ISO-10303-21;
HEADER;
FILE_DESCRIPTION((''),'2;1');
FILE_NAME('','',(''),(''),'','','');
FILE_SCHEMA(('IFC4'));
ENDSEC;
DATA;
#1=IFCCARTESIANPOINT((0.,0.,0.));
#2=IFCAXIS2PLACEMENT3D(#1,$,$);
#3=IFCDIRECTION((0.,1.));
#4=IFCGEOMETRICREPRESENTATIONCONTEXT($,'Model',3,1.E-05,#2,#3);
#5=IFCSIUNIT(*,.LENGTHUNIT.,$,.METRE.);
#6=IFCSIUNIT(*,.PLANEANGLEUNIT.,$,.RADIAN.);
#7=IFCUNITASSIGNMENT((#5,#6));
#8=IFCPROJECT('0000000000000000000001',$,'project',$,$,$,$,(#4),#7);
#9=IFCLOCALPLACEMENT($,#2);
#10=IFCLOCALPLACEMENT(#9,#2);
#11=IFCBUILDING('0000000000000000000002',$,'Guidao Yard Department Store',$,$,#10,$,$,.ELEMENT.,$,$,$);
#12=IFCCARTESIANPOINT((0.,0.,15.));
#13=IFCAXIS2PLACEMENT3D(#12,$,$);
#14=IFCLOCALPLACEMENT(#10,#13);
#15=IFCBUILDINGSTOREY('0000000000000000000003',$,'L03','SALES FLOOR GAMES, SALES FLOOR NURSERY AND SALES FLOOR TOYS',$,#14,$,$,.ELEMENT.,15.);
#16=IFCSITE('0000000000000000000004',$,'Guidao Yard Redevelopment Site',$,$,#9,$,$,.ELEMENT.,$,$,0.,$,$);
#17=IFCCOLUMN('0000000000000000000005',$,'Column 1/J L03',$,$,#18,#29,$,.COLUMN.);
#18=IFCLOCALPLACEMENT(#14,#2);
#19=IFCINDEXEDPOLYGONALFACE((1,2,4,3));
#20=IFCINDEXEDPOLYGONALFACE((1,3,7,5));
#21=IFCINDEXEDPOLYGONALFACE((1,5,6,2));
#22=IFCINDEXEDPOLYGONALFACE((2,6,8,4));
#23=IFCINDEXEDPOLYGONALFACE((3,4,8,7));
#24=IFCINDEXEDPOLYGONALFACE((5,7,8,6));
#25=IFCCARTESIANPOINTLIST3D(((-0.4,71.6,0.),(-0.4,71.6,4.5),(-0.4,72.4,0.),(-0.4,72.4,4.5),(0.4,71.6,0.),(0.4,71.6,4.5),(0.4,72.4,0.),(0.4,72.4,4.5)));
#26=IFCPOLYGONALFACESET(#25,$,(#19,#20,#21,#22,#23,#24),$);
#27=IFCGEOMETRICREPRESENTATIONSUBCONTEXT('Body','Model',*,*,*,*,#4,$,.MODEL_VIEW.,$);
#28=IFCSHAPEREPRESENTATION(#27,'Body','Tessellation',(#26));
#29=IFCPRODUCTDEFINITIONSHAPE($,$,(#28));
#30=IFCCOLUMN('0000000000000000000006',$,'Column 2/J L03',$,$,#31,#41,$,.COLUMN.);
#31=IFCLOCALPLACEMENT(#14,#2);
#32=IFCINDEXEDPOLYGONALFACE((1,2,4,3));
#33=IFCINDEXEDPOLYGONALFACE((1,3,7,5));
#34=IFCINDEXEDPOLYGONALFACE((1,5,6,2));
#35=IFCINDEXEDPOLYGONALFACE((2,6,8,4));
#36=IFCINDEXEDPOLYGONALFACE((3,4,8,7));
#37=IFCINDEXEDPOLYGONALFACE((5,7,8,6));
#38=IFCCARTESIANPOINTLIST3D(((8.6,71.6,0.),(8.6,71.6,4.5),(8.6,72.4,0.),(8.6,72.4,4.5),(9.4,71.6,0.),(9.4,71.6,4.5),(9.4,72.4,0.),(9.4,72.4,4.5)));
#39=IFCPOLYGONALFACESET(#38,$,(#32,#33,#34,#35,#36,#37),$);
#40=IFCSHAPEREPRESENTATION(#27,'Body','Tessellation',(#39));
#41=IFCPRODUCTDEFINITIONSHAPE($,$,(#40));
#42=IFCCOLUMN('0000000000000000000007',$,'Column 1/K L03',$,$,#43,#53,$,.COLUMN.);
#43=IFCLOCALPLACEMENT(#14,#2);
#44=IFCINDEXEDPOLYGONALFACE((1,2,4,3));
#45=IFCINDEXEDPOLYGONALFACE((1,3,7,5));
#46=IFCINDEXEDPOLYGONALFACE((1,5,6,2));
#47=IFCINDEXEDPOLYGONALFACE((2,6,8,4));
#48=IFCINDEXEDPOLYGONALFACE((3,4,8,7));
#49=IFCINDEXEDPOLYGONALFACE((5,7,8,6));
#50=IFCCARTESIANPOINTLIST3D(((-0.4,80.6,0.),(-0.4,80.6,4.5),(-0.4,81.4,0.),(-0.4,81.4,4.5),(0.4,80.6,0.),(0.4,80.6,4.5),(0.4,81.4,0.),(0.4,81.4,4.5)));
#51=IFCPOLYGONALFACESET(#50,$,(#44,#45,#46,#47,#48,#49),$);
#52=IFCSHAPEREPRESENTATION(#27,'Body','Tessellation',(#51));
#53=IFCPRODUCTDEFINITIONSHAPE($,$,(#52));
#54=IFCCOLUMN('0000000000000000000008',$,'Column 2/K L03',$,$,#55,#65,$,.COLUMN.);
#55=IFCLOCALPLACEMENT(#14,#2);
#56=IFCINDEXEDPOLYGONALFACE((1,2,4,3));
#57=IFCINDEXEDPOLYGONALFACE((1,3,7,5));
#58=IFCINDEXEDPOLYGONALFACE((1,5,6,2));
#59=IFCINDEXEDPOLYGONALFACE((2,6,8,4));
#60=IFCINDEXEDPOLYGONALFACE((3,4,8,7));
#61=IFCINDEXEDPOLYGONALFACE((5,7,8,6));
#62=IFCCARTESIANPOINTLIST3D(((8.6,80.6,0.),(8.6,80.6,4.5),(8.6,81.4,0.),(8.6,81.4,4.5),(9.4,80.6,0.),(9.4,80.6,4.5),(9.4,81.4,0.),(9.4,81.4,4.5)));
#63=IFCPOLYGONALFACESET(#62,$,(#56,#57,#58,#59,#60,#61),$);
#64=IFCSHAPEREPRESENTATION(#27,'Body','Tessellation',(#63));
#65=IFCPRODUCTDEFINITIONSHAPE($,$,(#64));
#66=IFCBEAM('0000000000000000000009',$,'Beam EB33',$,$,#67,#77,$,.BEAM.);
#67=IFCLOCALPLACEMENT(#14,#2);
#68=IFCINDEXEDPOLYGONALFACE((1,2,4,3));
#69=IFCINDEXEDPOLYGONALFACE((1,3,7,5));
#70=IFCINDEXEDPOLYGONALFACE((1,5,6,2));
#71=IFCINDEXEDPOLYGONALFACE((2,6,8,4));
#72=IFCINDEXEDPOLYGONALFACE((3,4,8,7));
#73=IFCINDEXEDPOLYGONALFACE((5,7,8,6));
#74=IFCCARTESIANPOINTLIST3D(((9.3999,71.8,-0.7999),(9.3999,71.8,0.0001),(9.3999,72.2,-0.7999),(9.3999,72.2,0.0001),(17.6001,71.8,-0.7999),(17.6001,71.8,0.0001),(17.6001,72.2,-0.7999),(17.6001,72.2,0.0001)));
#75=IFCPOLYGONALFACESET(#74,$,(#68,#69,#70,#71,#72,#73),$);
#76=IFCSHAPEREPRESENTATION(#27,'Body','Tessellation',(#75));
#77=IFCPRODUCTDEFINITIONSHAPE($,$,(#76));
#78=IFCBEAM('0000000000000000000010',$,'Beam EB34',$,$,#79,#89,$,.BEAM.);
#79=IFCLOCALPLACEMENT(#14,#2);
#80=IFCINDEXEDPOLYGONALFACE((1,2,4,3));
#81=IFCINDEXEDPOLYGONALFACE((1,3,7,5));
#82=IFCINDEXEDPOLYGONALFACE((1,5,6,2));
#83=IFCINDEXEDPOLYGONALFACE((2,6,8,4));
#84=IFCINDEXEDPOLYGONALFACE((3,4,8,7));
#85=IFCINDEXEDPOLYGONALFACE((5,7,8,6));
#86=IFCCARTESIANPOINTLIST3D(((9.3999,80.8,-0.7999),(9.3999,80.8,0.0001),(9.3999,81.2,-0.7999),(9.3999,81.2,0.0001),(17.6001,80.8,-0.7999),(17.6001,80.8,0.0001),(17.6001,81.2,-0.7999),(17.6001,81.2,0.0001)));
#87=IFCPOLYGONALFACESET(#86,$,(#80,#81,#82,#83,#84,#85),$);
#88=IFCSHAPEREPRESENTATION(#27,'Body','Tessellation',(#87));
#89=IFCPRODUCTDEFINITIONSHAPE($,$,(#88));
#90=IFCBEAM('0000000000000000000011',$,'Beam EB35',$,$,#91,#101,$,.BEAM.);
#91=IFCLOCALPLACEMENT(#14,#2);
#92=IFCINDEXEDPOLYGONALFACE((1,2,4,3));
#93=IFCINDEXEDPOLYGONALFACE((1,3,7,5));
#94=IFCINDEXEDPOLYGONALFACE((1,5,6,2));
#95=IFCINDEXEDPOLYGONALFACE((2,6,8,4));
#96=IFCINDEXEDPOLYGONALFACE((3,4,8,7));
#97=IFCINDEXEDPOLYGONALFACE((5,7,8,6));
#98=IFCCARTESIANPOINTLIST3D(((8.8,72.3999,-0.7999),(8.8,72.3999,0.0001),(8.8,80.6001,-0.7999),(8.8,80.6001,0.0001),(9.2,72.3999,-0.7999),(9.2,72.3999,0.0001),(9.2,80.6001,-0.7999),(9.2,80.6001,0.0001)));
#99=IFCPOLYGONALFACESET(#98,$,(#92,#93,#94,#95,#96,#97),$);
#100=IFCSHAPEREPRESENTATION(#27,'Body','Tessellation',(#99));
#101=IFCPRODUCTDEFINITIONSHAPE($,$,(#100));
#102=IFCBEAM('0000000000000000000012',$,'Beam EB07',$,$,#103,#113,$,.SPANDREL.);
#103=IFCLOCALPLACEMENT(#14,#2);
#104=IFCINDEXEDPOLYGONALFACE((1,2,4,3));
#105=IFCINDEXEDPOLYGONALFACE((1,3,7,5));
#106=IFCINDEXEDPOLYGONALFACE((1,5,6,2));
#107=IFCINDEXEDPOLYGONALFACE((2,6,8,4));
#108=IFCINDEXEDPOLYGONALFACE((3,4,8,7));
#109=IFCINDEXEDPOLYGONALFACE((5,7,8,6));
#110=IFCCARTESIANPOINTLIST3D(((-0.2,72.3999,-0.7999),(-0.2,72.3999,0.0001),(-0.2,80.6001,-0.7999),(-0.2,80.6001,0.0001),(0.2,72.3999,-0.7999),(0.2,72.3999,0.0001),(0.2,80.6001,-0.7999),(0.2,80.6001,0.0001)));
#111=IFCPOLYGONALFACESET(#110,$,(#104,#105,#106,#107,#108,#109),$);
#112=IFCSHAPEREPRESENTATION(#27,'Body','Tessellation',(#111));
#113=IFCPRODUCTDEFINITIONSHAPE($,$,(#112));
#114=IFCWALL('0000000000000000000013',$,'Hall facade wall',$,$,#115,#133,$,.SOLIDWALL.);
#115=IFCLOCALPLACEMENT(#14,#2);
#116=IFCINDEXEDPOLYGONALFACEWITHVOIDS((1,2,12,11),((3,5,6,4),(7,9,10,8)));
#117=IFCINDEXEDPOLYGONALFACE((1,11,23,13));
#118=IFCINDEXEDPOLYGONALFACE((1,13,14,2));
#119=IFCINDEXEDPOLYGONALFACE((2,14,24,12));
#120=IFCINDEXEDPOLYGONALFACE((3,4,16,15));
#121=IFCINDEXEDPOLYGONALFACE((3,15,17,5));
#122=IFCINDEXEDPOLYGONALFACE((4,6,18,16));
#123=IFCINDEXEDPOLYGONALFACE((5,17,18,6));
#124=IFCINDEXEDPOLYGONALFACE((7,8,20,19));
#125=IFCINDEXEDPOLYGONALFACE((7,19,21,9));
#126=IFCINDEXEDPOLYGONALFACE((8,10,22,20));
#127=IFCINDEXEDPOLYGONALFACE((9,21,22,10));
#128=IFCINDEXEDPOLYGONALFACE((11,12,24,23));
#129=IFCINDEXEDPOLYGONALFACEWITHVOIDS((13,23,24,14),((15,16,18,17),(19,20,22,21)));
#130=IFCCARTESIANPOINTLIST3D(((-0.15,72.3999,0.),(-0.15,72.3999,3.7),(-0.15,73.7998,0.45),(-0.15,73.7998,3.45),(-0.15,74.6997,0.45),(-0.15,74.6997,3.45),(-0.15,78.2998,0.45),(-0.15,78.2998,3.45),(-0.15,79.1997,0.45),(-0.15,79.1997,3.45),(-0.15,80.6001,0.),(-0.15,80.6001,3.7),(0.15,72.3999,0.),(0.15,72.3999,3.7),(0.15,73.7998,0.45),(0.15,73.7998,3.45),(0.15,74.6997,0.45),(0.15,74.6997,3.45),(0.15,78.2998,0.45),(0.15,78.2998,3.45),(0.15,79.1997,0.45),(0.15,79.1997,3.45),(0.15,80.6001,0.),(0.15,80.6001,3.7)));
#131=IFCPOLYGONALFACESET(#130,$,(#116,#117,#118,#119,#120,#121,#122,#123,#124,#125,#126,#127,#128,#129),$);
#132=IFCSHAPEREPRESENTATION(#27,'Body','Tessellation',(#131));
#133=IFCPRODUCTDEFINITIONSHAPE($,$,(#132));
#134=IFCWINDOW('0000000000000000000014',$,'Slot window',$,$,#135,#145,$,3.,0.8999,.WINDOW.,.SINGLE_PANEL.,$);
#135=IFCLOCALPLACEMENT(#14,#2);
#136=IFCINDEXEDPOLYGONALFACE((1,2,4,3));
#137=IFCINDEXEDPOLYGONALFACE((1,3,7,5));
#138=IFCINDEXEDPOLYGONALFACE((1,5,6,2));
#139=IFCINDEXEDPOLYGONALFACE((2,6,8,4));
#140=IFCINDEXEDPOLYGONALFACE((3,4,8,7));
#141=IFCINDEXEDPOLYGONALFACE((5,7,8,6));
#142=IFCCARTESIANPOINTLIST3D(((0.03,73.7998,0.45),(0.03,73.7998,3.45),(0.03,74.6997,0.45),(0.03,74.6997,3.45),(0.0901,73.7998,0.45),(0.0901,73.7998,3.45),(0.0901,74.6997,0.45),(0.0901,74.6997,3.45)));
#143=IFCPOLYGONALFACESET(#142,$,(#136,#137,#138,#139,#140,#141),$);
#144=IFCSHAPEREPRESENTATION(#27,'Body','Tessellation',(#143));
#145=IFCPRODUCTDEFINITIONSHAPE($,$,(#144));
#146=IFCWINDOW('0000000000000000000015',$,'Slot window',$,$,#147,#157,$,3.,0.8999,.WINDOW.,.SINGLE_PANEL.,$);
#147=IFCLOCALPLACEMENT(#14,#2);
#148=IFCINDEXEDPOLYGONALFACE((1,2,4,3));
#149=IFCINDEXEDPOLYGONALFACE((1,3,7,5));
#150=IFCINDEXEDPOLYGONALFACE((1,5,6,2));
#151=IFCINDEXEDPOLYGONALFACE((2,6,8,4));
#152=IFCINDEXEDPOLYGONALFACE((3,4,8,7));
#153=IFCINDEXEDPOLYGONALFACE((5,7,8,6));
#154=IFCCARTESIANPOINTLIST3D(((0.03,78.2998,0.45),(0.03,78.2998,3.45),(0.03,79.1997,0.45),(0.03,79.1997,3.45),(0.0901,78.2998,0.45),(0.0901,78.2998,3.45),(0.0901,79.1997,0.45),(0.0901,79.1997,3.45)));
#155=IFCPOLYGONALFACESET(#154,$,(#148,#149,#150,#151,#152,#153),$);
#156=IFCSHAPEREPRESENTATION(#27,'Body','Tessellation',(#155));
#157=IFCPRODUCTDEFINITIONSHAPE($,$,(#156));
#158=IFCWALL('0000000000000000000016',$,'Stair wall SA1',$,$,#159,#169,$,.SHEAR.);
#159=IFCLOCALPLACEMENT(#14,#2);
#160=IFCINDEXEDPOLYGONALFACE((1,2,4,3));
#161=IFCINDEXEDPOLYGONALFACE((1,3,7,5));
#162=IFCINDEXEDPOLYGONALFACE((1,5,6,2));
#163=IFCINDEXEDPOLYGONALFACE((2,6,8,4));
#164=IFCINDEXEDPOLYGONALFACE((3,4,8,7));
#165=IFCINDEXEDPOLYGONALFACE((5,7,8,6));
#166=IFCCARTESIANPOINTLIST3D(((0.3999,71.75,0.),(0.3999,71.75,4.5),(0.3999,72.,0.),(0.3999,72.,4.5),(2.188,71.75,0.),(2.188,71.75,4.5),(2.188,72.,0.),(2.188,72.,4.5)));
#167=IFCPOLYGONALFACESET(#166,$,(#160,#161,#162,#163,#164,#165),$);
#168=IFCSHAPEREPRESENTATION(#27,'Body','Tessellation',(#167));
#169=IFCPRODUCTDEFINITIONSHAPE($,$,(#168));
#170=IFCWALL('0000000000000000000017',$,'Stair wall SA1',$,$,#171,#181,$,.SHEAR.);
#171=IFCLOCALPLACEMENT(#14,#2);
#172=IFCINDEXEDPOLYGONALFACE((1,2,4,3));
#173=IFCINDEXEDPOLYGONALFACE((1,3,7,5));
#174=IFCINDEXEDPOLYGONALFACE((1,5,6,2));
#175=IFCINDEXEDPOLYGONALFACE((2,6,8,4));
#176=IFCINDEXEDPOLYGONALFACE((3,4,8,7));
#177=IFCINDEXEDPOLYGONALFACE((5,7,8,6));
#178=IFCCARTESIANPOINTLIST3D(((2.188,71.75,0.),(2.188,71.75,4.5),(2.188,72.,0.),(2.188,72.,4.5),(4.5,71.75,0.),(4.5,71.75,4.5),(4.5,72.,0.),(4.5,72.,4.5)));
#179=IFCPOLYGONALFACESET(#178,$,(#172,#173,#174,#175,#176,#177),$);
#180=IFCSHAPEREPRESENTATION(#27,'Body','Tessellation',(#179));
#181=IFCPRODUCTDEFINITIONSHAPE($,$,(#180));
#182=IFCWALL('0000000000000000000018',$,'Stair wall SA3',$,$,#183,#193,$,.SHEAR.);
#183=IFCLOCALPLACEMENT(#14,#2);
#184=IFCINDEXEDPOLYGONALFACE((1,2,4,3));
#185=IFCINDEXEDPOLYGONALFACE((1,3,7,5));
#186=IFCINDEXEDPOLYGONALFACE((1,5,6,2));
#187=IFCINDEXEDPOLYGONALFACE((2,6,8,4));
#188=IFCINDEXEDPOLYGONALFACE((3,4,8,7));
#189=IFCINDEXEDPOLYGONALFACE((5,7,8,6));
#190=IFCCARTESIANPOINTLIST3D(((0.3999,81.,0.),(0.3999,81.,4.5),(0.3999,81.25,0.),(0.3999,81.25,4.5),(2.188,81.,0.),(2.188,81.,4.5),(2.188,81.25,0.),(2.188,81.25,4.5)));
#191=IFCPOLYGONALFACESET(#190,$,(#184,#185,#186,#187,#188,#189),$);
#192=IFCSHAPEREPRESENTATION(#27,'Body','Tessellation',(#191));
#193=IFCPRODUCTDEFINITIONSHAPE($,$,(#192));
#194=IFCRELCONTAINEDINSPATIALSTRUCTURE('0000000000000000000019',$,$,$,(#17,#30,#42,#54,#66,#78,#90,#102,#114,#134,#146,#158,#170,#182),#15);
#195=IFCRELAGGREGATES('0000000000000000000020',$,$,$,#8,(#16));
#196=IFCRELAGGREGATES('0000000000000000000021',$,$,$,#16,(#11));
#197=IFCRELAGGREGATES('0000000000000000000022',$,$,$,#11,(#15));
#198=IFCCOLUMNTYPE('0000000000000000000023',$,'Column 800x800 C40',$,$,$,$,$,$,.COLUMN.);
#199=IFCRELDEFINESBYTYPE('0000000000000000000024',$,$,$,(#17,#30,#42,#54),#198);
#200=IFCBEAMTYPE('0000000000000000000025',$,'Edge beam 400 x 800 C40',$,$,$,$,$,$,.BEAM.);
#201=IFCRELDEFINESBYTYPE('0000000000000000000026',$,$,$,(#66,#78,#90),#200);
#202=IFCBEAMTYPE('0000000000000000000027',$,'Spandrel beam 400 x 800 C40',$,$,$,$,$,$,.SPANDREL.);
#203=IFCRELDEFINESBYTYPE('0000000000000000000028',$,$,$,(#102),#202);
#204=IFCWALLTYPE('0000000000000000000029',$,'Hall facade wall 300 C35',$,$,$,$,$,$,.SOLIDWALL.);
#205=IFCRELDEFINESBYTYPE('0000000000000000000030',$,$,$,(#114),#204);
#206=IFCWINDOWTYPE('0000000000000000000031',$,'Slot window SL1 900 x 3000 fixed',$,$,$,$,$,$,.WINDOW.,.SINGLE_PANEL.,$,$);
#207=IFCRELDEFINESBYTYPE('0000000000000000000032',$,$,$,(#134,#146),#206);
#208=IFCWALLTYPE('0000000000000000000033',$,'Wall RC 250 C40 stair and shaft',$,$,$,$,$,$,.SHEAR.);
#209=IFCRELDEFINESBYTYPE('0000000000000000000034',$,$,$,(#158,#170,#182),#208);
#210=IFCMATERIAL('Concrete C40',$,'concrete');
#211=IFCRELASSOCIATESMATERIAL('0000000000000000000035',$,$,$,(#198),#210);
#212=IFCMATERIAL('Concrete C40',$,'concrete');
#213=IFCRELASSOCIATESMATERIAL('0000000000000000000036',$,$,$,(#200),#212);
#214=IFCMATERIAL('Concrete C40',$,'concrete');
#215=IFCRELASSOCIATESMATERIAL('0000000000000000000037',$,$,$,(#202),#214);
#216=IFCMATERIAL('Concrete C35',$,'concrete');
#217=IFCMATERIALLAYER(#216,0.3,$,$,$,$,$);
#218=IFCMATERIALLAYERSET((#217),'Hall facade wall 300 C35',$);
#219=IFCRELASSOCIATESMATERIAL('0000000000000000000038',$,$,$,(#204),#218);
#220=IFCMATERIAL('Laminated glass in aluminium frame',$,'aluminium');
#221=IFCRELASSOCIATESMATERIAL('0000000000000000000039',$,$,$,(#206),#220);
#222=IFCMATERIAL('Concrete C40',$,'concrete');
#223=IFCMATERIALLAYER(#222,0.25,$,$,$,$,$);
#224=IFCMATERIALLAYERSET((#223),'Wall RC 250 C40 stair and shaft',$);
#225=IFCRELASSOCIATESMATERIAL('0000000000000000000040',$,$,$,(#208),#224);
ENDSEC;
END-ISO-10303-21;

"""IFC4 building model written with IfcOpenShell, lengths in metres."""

from ifc_helpers import new_model, si_unit, direction, frame, frame_2d, origin, origin_2d, place, context, subcontext, project, spatial, rectangle, extrude, material, layer, layer_set, material_profile, profile_set, type_object, element, fill, save


model = new_model("IFC4")

# Units and contexts
model_context = context("Model", 3, precision=1e-05, world=origin(), true_north=direction((0.0, 1.0)))
body_context = subcontext(model_context, "Body", "Model", "MODEL_VIEW")
ifc_project = project(units=[si_unit("LENGTHUNIT", "METRE"), si_unit("PLANEANGLEUNIT", "RADIAN")], contexts=[model_context])

# Site, building, storey
site_placement = place(None, origin())
site = spatial("IfcSite", under=ifc_project, at=site_placement, Name="Guidao Yard Redevelopment Site", CompositionType="ELEMENT", RefElevation=0.0)
building_placement = place(site_placement, origin())
building = spatial("IfcBuilding", under=site, at=building_placement, Name="Guidao Yard Department Store", CompositionType="ELEMENT")
storey_placement = place(building_placement, frame((0.0, 0.0, 15.0)))
storey = spatial("IfcBuildingStorey", under=building, at=storey_placement, Name="L03", Description="SALES FLOOR GAMES, SALES FLOOR NURSERY AND SALES FLOOR TOYS", CompositionType="ELEMENT", Elevation=15.0)

# Columns
ifc_material_1 = material(Name="Concrete C40", Category="concrete")
ifc_material_profile_1 = material_profile(ifc_material_1, rectangle(XDim=0.8, YDim=0.8, at=origin_2d()), Name="COL 800x800")
ifc_profile_set_1 = profile_set([ifc_material_profile_1], Name="Concrete C40")
column_type = type_object("IfcColumnType", Name="Column 800x800 C40", PredefinedType="COLUMN", material=ifc_profile_set_1)
for number, where, z_axis, x_axis, name in (
    (1, (0.0, 72.0, 0.0), (0.0, 0.0, 1.0), (1.0, 0.0, 0.0), "Column 1/J L03"),
    (2, (9.0, 72.0, 0.0), (0.0, 0.0, 1.0), (1.0, 0.0, 0.0), "Column 2/J L03"),
    (3, (0.0, 81.0, 0.0), (0.0, 0.0, 1.0), (1.0, 0.0, 0.0), "Column 1/K L03"),
    (4, (9.0, 81.0, 0.0), (0.0, 0.0, 1.0), (1.0, 0.0, 0.0), "Column 2/K L03"),
):
    element("IfcColumn", number, at=place(storey_placement, frame(where, z_axis=z_axis, x_axis=x_axis)), inside=storey, type_object=column_type, Name=name, PredefinedType="COLUMN", context=body_context, shape_type="SweptSolid", body=[
        extrude(rectangle(XDim=0.8, YDim=0.8, at=origin_2d()), origin(), (0.0, 0.0, 1.0), 4.5),
    ])

# Beams
ifc_material_2 = material(Name="Concrete C40", Category="concrete")
ifc_material_profile_2 = material_profile(ifc_material_2, rectangle(XDim=0.3999, YDim=0.8, at=origin_2d()), Name="Edge beam 400 x 800 C40")
ifc_profile_set_2 = profile_set([ifc_material_profile_2], Name="Concrete C40")
beam_type_1 = type_object("IfcBeamType", Name="Edge beam 400 x 800 C40", PredefinedType="BEAM", material=ifc_profile_set_2)
for number, where, z_axis, x_axis, name in (
    (5, (9.3999, 72.0, -0.3999), (1.0, 0.0, 0.0), (0.0, 1.0, 0.0), "Beam EB33"),
    (6, (9.3999, 81.0, -0.3999), (1.0, 0.0, 0.0), (0.0, 1.0, 0.0), "Beam EB34"),
    (7, (9.0, 72.3999, -0.3999), (0.0, 1.0, 0.0), (-1.0, 0.0, 0.0), "Beam EB35"),
):
    element("IfcBeam", number, at=place(storey_placement, frame(where, z_axis=z_axis, x_axis=x_axis)), inside=storey, type_object=beam_type_1, Name=name, PredefinedType="BEAM", context=body_context, shape_type="SweptSolid", body=[
        extrude(rectangle(XDim=0.3999, YDim=0.8, at=origin_2d()), origin(), (0.0, 0.0, 1.0), 8.2002),
    ])
ifc_material_3 = material(Name="Concrete C40", Category="concrete")
ifc_material_profile_3 = material_profile(ifc_material_3, rectangle(XDim=0.3999, YDim=0.8, at=origin_2d()), Name="Spandrel beam 400 x 800 C40")
ifc_profile_set_3 = profile_set([ifc_material_profile_3], Name="Concrete C40")
beam_type_2 = type_object("IfcBeamType", Name="Spandrel beam 400 x 800 C40", PredefinedType="SPANDREL", material=ifc_profile_set_3)
beam_placement = place(storey_placement, frame((0.0, 72.3999, -0.3999), z_axis=(0.0, 1.0, 0.0), x_axis=(-1.0, 0.0, 0.0)))
element("IfcBeam", 8, at=beam_placement, inside=storey, type_object=beam_type_2, Name="Beam EB07", PredefinedType="SPANDREL", context=body_context, shape_type="SweptSolid", body=[
    extrude(rectangle(XDim=0.3999, YDim=0.8, at=origin_2d()), origin(), (0.0, 0.0, 1.0), 8.2002),
])

# Wall, openings, windows
ifc_material_4 = material(Name="Concrete C35", Category="concrete")
ifc_layer_1 = layer(ifc_material_4, 0.3)
ifc_layer_set_1 = layer_set([ifc_layer_1], Name="Hall facade wall 300 C35")
wall_type_1 = type_object("IfcWallType", Name="Hall facade wall 300 C35", PredefinedType="SOLIDWALL", material=ifc_layer_set_1)
wall_1_placement = place(storey_placement, frame((0.0, 72.3999, 0.0), z_axis=(0.0, 0.0, 1.0), x_axis=(0.0, 1.0, 0.0)))
wall_1 = element("IfcWall", 9, at=wall_1_placement, inside=storey, type_object=wall_type_1, Name="Hall facade wall", PredefinedType="SOLIDWALL", context=body_context, shape_type="SweptSolid", body=[
    extrude(rectangle(XDim=8.2002, YDim=0.3, at=frame_2d((4.1001, 0.0))), origin(), (0.0, 0.0, 1.0), 3.7),
])
opening_1_placement = place(wall_1_placement, frame((1.3999, 0.0, 0.45)))
opening_1 = element("IfcOpeningElement", 10, at=opening_1_placement, cuts=wall_1, PredefinedType="OPENING", context=body_context, shape_type="SweptSolid", body=[
    extrude(rectangle(XDim=0.8999, YDim=3.0, at=frame_2d((0.45, 1.5))), frame((0.0, 0.1599, 0.0), z_axis=(0.0, -1.0, 0.0), x_axis=(1.0, 0.0, 0.0)), (0.0, 0.0, 1.0), 0.3201),
])
opening_2_placement = place(wall_1_placement, frame((5.8999, 0.0, 0.45)))
opening_2 = element("IfcOpeningElement", 11, at=opening_2_placement, cuts=wall_1, PredefinedType="OPENING", context=body_context, shape_type="SweptSolid", body=[
    extrude(rectangle(XDim=0.8999, YDim=3.0, at=frame_2d((0.45, 1.5))), frame((0.0, 0.1599, 0.0), z_axis=(0.0, -1.0, 0.0), x_axis=(1.0, 0.0, 0.0)), (0.0, 0.0, 1.0), 0.3201),
])
ifc_material_5 = material(Name="Laminated glass in aluminium frame", Category="aluminium")
window_type = type_object("IfcWindowType", Name="Slot window SL1 900 x 3000 fixed", PartitioningType="SINGLE_PANEL", PredefinedType="WINDOW", material=ifc_material_5)
window_1_placement = place(opening_1_placement, origin())
window_1 = element("IfcWindow", 12, at=window_1_placement, inside=storey, type_object=window_type, Name="Slot window", OverallHeight=3.0, OverallWidth=0.8999, PartitioningType="SINGLE_PANEL", PredefinedType="WINDOW", context=body_context, shape_type="SweptSolid", body=[
    extrude(rectangle(XDim=0.8999, YDim=3.0, at=frame_2d((0.45, 1.5))), frame((0.0, -0.03, 0.0), z_axis=(0.0, -1.0, 0.0), x_axis=(1.0, 0.0, 0.0)), (0.0, 0.0, 1.0), 0.0601),
])
fill(opening_1, window_1)
window_2_placement = place(opening_2_placement, origin())
window_2 = element("IfcWindow", 13, at=window_2_placement, inside=storey, type_object=window_type, Name="Slot window", OverallHeight=3.0, OverallWidth=0.8999, PartitioningType="SINGLE_PANEL", PredefinedType="WINDOW", context=body_context, shape_type="SweptSolid", body=[
    extrude(rectangle(XDim=0.8999, YDim=3.0, at=frame_2d((0.45, 1.5))), frame((0.0, -0.03, 0.0), z_axis=(0.0, -1.0, 0.0), x_axis=(1.0, 0.0, 0.0)), (0.0, 0.0, 1.0), 0.0601),
])
fill(opening_2, window_2)

# Walls
ifc_material_6 = material(Name="Concrete C40", Category="concrete")
ifc_layer_2 = layer(ifc_material_6, 0.25)
ifc_layer_set_2 = layer_set([ifc_layer_2], Name="Wall RC 250 C40 stair and shaft")
wall_type_2 = type_object("IfcWallType", Name="Wall RC 250 C40 stair and shaft", PredefinedType="SHEAR", material=ifc_layer_set_2)
wall_2_placement = place(storey_placement, frame((0.3999, 71.875, 0.0), z_axis=(0.0, 0.0, 1.0), x_axis=(1.0, 0.0, 0.0)))
element("IfcWall", 14, at=wall_2_placement, inside=storey, type_object=wall_type_2, Name="Stair wall SA1", PredefinedType="SHEAR", context=body_context, shape_type="SweptSolid", body=[
    extrude(rectangle(XDim=1.7881, YDim=0.25, at=frame_2d((0.894, 0.0))), origin(), (0.0, 0.0, 1.0), 4.5),
])
wall_3_placement = place(storey_placement, frame((2.188, 71.875, 0.0), z_axis=(0.0, 0.0, 1.0), x_axis=(1.0, 0.0, 0.0)))
element("IfcWall", 15, at=wall_3_placement, inside=storey, type_object=wall_type_2, Name="Stair wall SA1", PredefinedType="SHEAR", context=body_context, shape_type="SweptSolid", body=[
    extrude(rectangle(XDim=2.312, YDim=0.25, at=frame_2d((1.156, 0.0))), origin(), (0.0, 0.0, 1.0), 4.5),
])
wall_4_placement = place(storey_placement, frame((0.3999, 81.125, 0.0), z_axis=(0.0, 0.0, 1.0), x_axis=(1.0, 0.0, 0.0)))
element("IfcWall", 16, at=wall_4_placement, inside=storey, type_object=wall_type_2, Name="Stair wall SA3", PredefinedType="SHEAR", context=body_context, shape_type="SweptSolid", body=[
    extrude(rectangle(XDim=1.7881, YDim=0.25, at=frame_2d((0.894, 0.0))), origin(), (0.0, 0.0, 1.0), 4.5),
])

save(model, "model.ifc")
